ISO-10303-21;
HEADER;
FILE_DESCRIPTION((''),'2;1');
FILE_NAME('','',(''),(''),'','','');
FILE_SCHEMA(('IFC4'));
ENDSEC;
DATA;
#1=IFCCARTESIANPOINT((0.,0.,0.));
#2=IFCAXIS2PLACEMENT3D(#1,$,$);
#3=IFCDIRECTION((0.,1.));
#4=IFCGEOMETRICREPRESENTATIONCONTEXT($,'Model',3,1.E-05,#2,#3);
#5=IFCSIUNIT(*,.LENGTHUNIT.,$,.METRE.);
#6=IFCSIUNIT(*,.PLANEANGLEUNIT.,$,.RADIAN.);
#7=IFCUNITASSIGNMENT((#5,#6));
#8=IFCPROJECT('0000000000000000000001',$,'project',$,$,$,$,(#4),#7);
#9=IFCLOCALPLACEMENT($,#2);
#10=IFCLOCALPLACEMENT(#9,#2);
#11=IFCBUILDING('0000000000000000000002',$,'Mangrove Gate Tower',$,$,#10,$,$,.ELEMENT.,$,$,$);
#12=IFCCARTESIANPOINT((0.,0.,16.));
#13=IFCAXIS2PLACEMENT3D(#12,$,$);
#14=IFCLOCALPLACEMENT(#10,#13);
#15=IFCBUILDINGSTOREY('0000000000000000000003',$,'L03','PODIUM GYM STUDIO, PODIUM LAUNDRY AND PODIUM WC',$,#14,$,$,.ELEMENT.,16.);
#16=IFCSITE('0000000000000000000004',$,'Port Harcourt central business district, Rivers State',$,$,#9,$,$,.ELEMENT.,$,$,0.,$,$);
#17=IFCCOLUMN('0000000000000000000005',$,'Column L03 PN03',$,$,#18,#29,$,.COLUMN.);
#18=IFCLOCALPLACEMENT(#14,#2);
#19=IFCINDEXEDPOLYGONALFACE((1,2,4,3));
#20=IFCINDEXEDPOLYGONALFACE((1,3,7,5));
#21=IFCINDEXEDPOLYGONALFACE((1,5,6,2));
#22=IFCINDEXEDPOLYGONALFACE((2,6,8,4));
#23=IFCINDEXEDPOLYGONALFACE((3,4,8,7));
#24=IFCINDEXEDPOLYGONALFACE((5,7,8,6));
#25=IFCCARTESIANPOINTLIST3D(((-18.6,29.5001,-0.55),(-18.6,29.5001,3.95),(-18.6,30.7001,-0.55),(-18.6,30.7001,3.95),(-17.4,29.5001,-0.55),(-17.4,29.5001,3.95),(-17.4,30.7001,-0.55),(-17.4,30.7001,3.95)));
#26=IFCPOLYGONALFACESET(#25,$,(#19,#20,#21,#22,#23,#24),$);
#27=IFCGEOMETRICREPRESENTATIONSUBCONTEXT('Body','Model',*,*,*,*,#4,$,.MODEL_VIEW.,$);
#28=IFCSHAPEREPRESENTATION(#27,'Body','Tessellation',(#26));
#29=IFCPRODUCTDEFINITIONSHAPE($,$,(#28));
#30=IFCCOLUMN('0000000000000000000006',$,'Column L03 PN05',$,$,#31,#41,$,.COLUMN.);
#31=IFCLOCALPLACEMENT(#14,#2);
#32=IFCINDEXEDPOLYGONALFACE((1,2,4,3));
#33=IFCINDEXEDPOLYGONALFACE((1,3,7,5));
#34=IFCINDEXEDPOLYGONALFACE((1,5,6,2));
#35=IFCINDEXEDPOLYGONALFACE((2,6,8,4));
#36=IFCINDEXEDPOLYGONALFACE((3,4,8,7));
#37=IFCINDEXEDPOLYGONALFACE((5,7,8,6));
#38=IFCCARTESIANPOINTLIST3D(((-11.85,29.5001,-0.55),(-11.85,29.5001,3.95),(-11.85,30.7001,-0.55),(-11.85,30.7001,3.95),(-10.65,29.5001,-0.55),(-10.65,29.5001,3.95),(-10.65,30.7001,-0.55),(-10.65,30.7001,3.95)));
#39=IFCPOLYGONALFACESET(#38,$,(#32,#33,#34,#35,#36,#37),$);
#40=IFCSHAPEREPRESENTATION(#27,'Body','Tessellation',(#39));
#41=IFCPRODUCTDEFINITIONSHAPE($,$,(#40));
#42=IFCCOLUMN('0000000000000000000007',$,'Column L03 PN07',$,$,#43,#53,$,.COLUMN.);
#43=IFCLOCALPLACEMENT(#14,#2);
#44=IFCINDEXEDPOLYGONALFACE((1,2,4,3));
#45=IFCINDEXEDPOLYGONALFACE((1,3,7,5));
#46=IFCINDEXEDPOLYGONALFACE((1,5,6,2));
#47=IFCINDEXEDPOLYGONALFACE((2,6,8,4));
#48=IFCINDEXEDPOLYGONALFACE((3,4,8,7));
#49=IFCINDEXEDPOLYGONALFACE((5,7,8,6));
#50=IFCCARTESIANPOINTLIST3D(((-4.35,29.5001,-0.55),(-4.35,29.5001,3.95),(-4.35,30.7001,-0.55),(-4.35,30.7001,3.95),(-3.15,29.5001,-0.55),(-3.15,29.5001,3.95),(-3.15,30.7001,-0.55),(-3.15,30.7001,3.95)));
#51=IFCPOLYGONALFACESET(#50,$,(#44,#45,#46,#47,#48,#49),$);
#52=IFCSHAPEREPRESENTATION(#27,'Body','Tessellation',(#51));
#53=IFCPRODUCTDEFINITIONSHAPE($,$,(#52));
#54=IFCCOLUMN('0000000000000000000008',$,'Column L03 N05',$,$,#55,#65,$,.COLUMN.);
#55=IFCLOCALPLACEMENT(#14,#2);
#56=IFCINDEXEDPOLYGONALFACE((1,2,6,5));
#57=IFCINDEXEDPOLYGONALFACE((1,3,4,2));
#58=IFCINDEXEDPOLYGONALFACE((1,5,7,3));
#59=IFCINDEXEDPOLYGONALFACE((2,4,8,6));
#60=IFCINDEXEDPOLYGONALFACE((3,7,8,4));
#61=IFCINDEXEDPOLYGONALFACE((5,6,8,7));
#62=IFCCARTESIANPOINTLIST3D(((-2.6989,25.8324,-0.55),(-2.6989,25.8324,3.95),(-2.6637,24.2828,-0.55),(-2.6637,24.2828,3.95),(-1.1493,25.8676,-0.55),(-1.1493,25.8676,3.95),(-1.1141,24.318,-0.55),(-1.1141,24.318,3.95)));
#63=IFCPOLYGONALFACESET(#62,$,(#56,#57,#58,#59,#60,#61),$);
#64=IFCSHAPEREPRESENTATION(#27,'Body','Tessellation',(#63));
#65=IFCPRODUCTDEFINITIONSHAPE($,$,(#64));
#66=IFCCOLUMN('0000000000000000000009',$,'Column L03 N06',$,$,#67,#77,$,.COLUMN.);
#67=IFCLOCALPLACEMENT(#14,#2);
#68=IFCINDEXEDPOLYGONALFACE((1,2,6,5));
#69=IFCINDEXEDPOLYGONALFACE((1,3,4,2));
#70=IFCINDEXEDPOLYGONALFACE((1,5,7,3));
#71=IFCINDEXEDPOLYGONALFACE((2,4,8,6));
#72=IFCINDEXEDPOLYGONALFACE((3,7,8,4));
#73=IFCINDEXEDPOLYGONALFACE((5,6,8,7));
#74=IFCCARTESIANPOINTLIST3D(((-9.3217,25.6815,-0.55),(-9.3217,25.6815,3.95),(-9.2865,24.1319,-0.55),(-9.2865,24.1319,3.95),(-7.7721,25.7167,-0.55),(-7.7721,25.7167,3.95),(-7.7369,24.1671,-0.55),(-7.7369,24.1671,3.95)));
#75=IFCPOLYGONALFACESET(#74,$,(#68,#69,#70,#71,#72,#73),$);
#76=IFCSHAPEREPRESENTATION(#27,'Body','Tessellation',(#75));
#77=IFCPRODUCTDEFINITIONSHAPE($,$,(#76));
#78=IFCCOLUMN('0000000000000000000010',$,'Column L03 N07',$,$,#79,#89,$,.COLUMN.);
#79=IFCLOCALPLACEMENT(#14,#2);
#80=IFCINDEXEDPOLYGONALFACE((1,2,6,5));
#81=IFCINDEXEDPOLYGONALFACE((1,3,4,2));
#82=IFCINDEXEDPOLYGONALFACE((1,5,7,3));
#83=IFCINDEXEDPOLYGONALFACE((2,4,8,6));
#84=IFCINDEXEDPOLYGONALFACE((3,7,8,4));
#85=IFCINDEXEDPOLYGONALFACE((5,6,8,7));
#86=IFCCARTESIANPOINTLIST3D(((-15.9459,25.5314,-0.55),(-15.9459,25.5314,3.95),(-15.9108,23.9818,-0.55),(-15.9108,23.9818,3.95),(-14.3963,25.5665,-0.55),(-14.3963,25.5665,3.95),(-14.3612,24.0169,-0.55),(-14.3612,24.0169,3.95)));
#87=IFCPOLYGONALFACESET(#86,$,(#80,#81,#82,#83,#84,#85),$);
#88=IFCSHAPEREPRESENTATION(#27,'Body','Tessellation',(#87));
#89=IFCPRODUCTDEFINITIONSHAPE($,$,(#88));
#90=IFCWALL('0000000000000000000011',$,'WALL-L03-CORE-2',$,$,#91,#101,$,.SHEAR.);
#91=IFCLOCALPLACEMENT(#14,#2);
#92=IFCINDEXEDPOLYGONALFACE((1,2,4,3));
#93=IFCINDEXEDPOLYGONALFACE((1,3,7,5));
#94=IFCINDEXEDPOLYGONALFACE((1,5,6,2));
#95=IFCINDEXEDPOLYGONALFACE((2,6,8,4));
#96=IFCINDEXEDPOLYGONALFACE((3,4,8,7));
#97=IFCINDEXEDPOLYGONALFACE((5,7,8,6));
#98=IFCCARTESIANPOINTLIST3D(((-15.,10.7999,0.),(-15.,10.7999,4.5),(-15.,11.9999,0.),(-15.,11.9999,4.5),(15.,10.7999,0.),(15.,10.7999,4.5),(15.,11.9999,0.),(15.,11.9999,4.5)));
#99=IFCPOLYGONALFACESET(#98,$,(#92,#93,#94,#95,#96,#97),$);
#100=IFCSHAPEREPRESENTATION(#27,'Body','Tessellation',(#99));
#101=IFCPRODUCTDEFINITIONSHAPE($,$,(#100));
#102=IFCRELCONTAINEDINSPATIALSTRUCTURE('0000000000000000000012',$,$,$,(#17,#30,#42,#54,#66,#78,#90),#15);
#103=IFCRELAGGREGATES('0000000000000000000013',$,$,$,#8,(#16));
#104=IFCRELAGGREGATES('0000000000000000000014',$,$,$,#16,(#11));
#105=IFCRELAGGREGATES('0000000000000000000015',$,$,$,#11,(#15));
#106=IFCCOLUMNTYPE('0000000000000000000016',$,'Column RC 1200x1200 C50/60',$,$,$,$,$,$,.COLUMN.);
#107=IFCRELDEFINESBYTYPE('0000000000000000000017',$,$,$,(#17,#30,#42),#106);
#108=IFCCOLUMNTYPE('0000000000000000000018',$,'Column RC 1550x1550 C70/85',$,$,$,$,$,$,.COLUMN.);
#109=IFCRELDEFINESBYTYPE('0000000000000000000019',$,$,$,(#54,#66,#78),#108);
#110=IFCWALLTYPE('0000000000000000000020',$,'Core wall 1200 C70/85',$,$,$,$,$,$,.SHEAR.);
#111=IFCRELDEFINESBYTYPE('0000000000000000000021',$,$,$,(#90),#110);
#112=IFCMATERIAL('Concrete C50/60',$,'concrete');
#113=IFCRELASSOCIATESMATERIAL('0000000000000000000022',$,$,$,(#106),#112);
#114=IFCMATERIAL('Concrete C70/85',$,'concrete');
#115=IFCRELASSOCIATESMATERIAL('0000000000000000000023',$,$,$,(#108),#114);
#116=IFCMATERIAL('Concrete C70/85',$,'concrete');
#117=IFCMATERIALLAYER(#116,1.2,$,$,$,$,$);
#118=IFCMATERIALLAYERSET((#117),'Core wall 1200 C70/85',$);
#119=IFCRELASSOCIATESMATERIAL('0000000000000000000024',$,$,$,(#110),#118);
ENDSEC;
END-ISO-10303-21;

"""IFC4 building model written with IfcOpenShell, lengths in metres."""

from ifc_helpers import new_model, si_unit, direction, frame, frame_2d, origin, origin_2d, place, context, subcontext, project, spatial, rectangle, extrude, material, layer, layer_set, material_profile, profile_set, type_object, element, save


model = new_model("IFC4")

# Units and contexts
model_context = context("Model", 3, precision=1e-05, world=origin(), true_north=direction((0.0, 1.0)))
body_context = subcontext(model_context, "Body", "Model", "MODEL_VIEW")
ifc_project = project(units=[si_unit("LENGTHUNIT", "METRE"), si_unit("PLANEANGLEUNIT", "RADIAN")], contexts=[model_context])

# Site, building, storey
site_placement = place(None, origin())
site = spatial("IfcSite", under=ifc_project, at=site_placement, Name="Port Harcourt central business district, Rivers State", CompositionType="ELEMENT", RefElevation=0.0)
building_placement = place(site_placement, origin())
building = spatial("IfcBuilding", under=site, at=building_placement, Name="Mangrove Gate Tower", CompositionType="ELEMENT")
storey_placement = place(building_placement, frame((0.0, 0.0, 16.0)))
storey = spatial("IfcBuildingStorey", under=building, at=storey_placement, Name="L03", Description="PODIUM GYM STUDIO, PODIUM LAUNDRY AND PODIUM WC", CompositionType="ELEMENT", Elevation=16.0)

# Columns
ifc_material_1 = material(Name="Concrete C50/60", Category="concrete")
ifc_material_profile_1 = material_profile(ifc_material_1, rectangle(XDim=1.2, YDim=1.2, at=origin_2d()))
ifc_profile_set_1 = profile_set([ifc_material_profile_1], Name="Concrete C50/60")
column_type_1 = type_object("IfcColumnType", Name="Column RC 1200x1200 C50/60", PredefinedType="COLUMN", material=ifc_profile_set_1)
for number, where, z_axis, x_axis, name in (
    (1, (-18.0, 30.1001, -0.55), (0.0, 0.0, 1.0), (1.0, 0.0, 0.0), "Column L03 PN03"),
    (2, (-11.25, 30.1001, -0.55), (0.0, 0.0, 1.0), (1.0, 0.0, 0.0), "Column L03 PN05"),
    (3, (-3.75, 30.1001, -0.55), (0.0, 0.0, 1.0), (1.0, 0.0, 0.0), "Column L03 PN07"),
):
    element("IfcColumn", number, at=place(storey_placement, frame(where, z_axis=z_axis, x_axis=x_axis)), inside=storey, type_object=column_type_1, Name=name, PredefinedType="COLUMN", context=body_context, shape_type="SweptSolid", body=[
        extrude(rectangle(XDim=1.2, YDim=1.2, at=origin_2d()), origin(), (0.0, 0.0, 1.0), 4.5),
    ])
ifc_material_2 = material(Name="Concrete C70/85", Category="concrete")
ifc_material_profile_2 = material_profile(ifc_material_2, rectangle(XDim=1.55, YDim=1.55, at=origin_2d()))
ifc_profile_set_2 = profile_set([ifc_material_profile_2], Name="Concrete C70/85")
column_type_2 = type_object("IfcColumnType", Name="Column RC 1550x1550 C70/85", PredefinedType="COLUMN", material=ifc_profile_set_2)
for number, where, z_axis, x_axis, name in (
    (4, (-1.9065, 25.0752, -0.55), (0.0, 0.0, 1.0), (-0.999742, -0.022718, 0.0), "Column L03 N05"),
    (5, (-8.5293, 24.9243, -0.55), (0.0, 0.0, 1.0), (-0.999742, -0.022716, 0.0), "Column L03 N06"),
    (6, (-15.1536, 24.7742, -0.55), (0.0, 0.0, 1.0), (-0.999744, -0.022641, 0.0), "Column L03 N07"),
):
    element("IfcColumn", number, at=place(storey_placement, frame(where, z_axis=z_axis, x_axis=x_axis)), inside=storey, type_object=column_type_2, Name=name, PredefinedType="COLUMN", context=body_context, shape_type="SweptSolid", body=[
        extrude(rectangle(XDim=1.55, YDim=1.55, at=origin_2d()), origin(), (0.0, 0.0, 1.0), 4.5),
    ])

# Wall
ifc_material_3 = material(Name="Concrete C70/85", Category="concrete")
ifc_layer_1 = layer(ifc_material_3, 1.2)
ifc_layer_set_1 = layer_set([ifc_layer_1], Name="Core wall 1200 C70/85")
wall_type_1 = type_object("IfcWallType", Name="Core wall 1200 C70/85", PredefinedType="SHEAR", material=ifc_layer_set_1)
wall_1_placement = place(storey_placement, frame((-15.0, 11.3999, 0.0), z_axis=(0.0, 0.0, 1.0), x_axis=(1.0, 0.0, 0.0)))
element("IfcWall", 7, at=wall_1_placement, inside=storey, type_object=wall_type_1, Name="WALL-L03-CORE-2", PredefinedType="SHEAR", context=body_context, shape_type="SweptSolid", body=[
    extrude(rectangle(XDim=30.0, YDim=1.2, at=frame_2d((15.0, 0.0))), origin(), (0.0, 0.0, 1.0), 4.5),
])

save(model, "model.ifc")
